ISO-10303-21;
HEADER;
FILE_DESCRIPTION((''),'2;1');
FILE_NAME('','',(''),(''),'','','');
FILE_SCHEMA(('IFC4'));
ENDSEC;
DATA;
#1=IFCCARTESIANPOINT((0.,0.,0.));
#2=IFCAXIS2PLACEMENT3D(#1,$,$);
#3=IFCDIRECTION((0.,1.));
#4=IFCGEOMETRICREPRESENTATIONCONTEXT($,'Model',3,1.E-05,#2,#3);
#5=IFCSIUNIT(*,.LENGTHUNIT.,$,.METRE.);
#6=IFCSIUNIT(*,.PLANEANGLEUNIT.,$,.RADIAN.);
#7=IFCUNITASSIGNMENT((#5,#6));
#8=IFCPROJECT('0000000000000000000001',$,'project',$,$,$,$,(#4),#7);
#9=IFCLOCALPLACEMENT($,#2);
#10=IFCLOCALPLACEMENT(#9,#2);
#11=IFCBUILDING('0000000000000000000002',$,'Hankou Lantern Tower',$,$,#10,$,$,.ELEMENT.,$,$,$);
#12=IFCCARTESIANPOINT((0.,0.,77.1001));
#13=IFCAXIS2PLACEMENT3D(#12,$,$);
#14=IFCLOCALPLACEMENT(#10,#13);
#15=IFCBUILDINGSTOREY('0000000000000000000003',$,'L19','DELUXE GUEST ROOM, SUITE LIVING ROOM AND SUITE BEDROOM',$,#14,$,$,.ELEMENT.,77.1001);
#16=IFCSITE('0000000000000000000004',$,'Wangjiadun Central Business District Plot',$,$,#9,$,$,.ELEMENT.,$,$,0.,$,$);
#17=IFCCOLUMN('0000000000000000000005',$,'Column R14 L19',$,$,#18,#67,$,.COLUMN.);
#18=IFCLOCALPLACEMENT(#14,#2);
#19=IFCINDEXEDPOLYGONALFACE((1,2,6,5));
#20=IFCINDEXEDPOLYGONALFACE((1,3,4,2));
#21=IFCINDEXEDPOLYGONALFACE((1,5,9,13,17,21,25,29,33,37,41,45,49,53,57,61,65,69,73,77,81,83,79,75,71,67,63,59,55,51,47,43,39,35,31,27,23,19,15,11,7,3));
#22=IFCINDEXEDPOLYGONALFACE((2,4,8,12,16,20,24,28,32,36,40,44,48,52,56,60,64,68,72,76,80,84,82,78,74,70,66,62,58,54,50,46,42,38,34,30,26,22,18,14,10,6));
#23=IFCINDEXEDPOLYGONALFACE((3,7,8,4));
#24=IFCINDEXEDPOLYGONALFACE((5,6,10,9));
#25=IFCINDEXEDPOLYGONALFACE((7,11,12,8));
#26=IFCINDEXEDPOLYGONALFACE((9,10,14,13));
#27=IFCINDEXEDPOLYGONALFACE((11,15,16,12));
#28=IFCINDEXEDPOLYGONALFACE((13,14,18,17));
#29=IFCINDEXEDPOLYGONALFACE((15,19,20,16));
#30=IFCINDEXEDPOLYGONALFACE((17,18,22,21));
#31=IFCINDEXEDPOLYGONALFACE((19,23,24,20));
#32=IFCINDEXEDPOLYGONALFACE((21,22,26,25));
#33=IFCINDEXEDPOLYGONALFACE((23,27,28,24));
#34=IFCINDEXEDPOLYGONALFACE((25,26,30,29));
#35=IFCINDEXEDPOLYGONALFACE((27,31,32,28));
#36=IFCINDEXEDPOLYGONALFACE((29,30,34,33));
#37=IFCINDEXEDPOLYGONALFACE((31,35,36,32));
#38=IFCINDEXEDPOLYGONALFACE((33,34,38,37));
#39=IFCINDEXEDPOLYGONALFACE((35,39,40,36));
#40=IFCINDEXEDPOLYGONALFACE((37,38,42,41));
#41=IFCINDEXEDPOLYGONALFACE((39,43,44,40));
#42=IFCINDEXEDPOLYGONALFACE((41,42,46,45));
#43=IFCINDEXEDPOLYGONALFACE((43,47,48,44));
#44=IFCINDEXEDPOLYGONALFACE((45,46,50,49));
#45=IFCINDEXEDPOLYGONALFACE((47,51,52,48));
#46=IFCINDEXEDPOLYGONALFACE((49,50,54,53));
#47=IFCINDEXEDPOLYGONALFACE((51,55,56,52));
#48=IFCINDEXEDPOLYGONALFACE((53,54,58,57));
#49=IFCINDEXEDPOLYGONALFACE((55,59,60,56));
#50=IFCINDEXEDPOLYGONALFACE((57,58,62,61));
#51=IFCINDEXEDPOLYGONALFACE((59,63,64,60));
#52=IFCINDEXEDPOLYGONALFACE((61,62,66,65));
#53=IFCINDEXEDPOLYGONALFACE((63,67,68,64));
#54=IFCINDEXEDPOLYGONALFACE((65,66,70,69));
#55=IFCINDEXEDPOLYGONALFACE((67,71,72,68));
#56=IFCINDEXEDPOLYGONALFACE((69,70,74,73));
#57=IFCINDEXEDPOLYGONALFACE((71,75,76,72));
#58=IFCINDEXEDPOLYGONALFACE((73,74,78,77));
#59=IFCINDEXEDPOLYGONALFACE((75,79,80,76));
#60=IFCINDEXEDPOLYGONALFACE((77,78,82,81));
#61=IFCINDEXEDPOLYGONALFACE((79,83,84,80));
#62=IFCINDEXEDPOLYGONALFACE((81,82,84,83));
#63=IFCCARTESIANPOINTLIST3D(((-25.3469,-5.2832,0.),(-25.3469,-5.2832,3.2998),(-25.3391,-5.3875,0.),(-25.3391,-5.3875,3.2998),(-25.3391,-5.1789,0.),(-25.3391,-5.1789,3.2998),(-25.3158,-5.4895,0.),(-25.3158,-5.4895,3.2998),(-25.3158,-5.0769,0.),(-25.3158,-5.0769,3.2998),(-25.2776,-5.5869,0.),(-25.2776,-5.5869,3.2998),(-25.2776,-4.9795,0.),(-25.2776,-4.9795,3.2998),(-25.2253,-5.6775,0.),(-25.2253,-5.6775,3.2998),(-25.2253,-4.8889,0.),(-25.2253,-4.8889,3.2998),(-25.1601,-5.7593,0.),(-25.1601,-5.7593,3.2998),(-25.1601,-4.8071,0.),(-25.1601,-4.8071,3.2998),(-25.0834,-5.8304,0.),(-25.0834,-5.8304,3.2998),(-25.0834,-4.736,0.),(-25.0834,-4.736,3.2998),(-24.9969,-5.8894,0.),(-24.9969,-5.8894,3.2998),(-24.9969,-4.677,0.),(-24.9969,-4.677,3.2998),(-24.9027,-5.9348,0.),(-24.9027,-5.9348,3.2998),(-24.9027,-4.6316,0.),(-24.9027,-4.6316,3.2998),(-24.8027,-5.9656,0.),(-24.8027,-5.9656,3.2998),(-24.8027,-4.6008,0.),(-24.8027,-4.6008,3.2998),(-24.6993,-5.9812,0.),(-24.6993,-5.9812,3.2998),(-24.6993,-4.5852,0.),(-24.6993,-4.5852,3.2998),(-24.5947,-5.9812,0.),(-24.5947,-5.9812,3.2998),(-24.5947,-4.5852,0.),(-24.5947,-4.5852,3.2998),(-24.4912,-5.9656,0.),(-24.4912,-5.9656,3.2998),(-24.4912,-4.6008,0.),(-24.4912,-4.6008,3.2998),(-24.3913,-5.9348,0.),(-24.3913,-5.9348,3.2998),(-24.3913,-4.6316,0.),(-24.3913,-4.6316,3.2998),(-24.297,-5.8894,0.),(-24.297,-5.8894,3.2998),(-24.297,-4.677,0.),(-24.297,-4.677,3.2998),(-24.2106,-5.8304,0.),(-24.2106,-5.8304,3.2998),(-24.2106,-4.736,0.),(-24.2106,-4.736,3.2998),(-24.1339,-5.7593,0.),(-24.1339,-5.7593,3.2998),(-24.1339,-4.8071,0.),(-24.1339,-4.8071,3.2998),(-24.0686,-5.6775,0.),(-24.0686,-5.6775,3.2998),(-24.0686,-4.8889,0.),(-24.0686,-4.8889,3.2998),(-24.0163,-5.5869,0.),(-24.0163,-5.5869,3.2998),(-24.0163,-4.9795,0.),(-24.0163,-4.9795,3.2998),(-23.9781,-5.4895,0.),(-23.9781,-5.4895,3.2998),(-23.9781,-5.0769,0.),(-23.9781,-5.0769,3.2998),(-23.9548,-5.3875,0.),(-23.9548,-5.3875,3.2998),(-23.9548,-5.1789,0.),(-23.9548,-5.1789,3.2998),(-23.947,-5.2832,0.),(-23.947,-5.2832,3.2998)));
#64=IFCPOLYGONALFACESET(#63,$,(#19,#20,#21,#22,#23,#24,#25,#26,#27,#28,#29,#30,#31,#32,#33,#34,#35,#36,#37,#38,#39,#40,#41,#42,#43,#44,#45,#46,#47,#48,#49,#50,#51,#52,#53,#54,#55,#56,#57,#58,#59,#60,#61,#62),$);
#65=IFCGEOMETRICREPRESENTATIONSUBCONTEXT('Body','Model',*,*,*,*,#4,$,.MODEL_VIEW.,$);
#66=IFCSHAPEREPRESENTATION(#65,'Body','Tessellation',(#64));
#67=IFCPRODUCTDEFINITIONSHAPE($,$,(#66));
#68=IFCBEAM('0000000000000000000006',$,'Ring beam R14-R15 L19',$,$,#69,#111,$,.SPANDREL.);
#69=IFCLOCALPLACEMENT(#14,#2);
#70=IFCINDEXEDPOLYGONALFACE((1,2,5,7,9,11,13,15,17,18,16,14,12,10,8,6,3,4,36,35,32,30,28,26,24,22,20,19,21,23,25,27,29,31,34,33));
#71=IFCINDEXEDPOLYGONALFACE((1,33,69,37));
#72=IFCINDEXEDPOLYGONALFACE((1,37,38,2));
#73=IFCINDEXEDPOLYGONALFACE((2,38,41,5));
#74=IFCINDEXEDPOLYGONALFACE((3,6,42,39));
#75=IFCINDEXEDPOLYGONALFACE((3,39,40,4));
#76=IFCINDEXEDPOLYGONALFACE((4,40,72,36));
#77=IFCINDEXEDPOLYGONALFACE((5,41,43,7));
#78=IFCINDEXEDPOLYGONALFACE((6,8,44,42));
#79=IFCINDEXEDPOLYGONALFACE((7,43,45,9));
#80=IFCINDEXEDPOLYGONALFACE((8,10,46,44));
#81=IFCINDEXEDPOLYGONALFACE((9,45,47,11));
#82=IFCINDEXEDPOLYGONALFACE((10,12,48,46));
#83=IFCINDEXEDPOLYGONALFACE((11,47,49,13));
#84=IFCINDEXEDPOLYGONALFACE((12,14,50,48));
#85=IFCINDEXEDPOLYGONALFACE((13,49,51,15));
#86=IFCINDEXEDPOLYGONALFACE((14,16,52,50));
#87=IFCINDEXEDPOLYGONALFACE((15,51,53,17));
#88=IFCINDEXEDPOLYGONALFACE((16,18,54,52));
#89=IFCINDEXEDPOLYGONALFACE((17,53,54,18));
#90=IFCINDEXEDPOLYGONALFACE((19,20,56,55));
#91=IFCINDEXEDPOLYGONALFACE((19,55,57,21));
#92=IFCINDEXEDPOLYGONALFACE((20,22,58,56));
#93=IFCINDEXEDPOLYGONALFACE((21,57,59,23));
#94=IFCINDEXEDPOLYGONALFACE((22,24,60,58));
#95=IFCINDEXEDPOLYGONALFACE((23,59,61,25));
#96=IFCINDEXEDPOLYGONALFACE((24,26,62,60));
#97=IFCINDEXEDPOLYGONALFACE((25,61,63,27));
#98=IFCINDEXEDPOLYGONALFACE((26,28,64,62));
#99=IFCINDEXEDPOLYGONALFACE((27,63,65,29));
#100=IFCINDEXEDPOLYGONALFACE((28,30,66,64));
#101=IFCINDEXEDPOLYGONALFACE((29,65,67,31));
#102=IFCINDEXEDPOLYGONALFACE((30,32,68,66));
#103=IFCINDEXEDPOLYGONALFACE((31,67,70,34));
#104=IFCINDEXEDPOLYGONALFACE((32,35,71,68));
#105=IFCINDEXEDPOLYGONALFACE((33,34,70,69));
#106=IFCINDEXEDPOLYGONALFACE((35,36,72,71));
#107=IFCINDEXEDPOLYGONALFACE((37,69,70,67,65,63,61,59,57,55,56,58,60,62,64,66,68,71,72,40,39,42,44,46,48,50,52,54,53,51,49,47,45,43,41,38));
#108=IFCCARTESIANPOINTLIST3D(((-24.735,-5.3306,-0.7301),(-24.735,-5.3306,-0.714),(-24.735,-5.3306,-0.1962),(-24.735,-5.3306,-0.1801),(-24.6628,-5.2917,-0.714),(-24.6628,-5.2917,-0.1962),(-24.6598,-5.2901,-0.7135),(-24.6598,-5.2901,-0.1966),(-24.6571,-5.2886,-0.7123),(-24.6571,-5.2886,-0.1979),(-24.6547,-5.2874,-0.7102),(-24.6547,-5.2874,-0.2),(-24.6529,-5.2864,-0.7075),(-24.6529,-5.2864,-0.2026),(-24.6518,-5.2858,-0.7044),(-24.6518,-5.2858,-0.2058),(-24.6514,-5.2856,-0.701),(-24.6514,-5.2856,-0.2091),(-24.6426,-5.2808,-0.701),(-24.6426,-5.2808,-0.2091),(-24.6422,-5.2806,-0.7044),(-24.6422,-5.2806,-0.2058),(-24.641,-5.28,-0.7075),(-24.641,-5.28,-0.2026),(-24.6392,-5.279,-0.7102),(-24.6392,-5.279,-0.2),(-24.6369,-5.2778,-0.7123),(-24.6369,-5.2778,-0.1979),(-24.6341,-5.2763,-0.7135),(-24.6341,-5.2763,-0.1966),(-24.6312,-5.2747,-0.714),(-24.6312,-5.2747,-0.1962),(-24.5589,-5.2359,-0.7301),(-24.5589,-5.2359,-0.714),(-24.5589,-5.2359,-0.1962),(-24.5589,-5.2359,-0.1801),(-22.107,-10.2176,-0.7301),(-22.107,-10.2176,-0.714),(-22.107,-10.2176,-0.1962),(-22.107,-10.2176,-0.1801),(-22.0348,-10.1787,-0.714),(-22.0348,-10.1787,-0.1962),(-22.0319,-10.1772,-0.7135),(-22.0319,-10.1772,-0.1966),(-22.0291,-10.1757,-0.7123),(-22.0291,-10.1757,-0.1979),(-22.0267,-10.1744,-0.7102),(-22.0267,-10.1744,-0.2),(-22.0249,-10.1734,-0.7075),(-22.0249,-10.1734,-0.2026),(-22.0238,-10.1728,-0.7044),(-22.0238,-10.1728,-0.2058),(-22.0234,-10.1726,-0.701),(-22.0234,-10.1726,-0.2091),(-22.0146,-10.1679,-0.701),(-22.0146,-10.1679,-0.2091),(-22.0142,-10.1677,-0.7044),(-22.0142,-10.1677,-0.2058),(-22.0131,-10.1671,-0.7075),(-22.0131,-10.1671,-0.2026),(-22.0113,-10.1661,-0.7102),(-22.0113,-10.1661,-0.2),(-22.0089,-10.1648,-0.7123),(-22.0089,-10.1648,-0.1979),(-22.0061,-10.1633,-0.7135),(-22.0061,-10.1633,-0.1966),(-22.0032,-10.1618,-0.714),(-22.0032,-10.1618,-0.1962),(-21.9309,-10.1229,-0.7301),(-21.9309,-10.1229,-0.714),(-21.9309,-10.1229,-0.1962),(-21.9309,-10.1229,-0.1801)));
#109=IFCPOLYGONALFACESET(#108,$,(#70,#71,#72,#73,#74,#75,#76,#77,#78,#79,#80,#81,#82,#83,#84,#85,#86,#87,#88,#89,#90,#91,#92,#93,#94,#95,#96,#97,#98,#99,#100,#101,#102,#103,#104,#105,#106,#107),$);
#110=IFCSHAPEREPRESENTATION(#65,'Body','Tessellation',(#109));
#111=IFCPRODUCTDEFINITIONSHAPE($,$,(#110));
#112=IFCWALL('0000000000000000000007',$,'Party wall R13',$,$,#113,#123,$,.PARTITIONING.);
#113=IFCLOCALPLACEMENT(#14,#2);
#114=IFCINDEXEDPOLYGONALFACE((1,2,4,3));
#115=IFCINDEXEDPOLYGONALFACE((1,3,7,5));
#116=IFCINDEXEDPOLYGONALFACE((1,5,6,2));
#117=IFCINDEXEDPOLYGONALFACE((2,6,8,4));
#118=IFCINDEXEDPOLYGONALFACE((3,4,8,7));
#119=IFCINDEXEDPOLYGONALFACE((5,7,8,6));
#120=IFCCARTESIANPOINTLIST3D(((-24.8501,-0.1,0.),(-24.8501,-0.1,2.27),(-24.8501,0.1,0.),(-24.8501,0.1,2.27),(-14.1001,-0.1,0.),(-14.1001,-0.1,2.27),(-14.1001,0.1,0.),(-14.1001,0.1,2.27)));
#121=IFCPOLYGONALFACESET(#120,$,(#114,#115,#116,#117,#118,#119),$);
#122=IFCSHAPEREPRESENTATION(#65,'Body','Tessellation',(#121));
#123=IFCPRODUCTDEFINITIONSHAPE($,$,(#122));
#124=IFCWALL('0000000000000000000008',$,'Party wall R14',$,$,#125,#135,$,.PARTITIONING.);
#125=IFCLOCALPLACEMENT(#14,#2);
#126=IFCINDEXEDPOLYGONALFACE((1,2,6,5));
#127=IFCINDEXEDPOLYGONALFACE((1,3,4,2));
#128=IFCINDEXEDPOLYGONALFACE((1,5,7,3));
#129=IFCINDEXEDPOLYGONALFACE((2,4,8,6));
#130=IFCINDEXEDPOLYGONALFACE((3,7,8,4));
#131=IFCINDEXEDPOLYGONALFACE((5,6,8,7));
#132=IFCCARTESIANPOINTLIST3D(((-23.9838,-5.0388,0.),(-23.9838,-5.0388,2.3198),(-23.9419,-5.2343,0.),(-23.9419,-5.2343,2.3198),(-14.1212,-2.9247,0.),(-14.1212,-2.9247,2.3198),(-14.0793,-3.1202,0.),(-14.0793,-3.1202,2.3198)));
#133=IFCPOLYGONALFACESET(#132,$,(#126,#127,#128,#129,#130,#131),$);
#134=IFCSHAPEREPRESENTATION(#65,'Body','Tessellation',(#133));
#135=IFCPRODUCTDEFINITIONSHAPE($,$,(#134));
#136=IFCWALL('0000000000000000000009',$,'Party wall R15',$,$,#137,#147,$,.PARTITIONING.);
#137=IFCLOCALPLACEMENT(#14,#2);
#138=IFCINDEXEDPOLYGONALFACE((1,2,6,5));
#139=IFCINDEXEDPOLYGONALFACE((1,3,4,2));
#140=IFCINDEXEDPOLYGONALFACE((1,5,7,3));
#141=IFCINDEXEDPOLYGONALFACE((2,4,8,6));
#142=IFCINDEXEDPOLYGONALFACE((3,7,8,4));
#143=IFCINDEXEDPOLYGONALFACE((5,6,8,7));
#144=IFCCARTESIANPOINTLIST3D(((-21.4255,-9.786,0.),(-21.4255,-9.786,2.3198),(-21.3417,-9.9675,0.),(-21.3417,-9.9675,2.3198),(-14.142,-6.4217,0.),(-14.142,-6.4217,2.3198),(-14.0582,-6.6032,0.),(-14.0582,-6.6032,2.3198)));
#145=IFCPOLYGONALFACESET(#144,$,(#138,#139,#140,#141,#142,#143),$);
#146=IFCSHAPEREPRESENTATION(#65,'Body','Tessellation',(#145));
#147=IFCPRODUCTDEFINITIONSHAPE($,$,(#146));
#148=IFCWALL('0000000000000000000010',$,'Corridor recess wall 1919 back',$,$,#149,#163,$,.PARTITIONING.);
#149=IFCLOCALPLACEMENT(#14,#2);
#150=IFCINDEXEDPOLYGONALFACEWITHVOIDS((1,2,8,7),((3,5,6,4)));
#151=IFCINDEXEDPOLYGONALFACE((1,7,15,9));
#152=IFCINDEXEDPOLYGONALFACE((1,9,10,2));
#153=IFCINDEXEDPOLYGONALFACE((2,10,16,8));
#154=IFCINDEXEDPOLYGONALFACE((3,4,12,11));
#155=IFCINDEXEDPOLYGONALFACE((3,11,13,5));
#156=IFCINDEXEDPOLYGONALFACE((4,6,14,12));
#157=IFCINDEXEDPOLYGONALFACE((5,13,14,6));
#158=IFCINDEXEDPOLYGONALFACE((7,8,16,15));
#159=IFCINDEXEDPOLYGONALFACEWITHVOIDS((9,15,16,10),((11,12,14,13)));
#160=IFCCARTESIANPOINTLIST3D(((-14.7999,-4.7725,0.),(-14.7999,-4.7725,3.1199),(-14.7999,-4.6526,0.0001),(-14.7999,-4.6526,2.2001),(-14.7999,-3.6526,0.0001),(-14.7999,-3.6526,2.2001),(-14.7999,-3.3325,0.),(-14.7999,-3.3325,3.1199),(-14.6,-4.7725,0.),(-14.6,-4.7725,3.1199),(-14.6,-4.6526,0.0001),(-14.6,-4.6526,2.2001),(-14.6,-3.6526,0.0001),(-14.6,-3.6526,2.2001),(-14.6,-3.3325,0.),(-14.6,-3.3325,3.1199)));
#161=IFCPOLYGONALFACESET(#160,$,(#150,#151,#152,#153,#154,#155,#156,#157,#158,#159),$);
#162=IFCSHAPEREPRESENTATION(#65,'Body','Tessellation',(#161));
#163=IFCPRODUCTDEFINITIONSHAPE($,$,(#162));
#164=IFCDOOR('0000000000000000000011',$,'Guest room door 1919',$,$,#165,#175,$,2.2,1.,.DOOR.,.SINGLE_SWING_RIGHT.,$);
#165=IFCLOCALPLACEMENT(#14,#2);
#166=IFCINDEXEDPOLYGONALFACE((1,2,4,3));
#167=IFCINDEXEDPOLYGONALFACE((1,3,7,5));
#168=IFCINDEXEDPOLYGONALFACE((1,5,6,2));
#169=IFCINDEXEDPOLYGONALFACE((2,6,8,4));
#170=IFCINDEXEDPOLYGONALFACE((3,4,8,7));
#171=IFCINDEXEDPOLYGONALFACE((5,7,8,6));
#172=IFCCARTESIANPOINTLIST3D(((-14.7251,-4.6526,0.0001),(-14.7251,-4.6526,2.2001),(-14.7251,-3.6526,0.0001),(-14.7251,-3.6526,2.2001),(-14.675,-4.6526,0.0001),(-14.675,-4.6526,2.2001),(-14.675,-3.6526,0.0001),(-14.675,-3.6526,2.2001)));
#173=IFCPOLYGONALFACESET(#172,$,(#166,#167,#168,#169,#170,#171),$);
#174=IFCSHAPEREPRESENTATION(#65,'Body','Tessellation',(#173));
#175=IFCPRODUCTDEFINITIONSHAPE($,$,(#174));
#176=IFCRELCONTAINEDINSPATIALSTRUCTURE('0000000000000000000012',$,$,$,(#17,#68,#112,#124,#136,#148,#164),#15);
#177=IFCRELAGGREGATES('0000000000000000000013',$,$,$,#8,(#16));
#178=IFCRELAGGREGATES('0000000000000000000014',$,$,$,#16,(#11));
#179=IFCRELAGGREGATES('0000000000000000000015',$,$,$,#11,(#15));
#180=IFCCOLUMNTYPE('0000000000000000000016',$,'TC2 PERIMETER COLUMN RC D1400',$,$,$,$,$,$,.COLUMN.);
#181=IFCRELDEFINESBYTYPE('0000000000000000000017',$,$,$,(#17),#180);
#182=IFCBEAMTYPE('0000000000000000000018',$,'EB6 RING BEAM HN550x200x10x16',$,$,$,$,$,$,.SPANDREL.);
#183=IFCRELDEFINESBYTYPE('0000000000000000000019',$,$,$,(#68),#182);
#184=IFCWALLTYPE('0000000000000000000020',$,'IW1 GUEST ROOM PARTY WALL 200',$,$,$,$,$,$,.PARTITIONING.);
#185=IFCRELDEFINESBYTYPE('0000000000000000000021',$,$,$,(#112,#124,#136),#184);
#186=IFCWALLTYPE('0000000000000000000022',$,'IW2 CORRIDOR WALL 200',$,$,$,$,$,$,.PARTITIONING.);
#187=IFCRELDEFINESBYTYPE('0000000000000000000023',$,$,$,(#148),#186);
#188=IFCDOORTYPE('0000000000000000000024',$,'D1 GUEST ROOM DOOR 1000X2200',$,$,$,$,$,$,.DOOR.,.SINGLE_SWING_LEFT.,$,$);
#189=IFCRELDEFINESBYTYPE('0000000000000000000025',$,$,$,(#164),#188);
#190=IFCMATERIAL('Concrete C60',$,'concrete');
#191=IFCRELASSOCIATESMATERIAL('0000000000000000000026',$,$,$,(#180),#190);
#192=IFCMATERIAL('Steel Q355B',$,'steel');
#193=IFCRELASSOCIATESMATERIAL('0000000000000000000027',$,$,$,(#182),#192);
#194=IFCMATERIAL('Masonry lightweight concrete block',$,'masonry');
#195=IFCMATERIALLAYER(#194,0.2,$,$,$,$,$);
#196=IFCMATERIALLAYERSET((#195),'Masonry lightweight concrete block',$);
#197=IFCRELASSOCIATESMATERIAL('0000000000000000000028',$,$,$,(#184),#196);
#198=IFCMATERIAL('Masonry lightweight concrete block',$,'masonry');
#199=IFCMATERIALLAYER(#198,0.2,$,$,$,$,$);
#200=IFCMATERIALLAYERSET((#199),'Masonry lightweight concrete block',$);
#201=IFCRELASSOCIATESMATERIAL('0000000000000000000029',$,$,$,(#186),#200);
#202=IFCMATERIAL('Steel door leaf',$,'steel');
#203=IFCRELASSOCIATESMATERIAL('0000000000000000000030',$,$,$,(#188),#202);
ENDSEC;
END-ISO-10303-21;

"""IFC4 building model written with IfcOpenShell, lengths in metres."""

from ifc_helpers import new_model, si_unit, direction, frame, frame_2d, origin, origin_2d, place, context, subcontext, project, spatial, rectangle, circle, i_section, extrude, material, layer, layer_set, material_profile, profile_set, type_object, element, fill, save


model = new_model("IFC4")

# Units and contexts
model_context = context("Model", 3, precision=1e-05, world=origin(), true_north=direction((0.0, 1.0)))
body_context = subcontext(model_context, "Body", "Model", "MODEL_VIEW")
ifc_project = project(units=[si_unit("LENGTHUNIT", "METRE"), si_unit("PLANEANGLEUNIT", "RADIAN")], contexts=[model_context])

# Site, building, storey
site_placement = place(None, origin())
site = spatial("IfcSite", under=ifc_project, at=site_placement, Name="Wangjiadun Central Business District Plot", CompositionType="ELEMENT", RefElevation=0.0)
building_placement = place(site_placement, origin())
building = spatial("IfcBuilding", under=site, at=building_placement, Name="Hankou Lantern Tower", CompositionType="ELEMENT")
storey_placement = place(building_placement, frame((0.0, 0.0, 77.1001)))
storey = spatial("IfcBuildingStorey", under=building, at=storey_placement, Name="L19", Description="DELUXE GUEST ROOM, SUITE LIVING ROOM AND SUITE BEDROOM", CompositionType="ELEMENT", Elevation=77.1001)

# Column
ifc_material_1 = material(Name="Concrete C60", Category="concrete")
ifc_material_profile_1 = material_profile(ifc_material_1, circle(Radius=0.7, at=origin_2d()), Name="RC D1400")
ifc_profile_set_1 = profile_set([ifc_material_profile_1], Name="Concrete C60")
column_type = type_object("IfcColumnType", Name="TC2 PERIMETER COLUMN RC D1400", PredefinedType="COLUMN", material=ifc_profile_set_1)
column_placement = place(storey_placement, frame((-24.647, -5.2832, 0.0), z_axis=(0.0, 0.0, 1.0), x_axis=(1.0, 0.0, 0.0)))
element("IfcColumn", 1, at=column_placement, inside=storey, type_object=column_type, Name="Column R14 L19", PredefinedType="COLUMN", context=body_context, shape_type="SweptSolid", body=[
    extrude(circle(Radius=0.7, at=origin_2d()), origin(), (0.0, 0.0, 1.0), 3.2998),
])

# Beam
ifc_material_2 = material(Name="Steel Q355B", Category="steel")
ifc_material_profile_2 = material_profile(ifc_material_2, i_section(OverallWidth=0.2, OverallDepth=0.55, WebThickness=0.01, FlangeThickness=0.0161, FilletRadius=0.0129, at=origin_2d()), Name="HN550x200x10x16")
ifc_profile_set_2 = profile_set([ifc_material_profile_2], Name="Steel Q355B")
beam_type = type_object("IfcBeamType", Name="EB6 RING BEAM HN550x200x10x16", PredefinedType="SPANDREL", material=ifc_profile_set_2)
beam_placement = place(storey_placement, frame((-24.647, -5.2832, -0.4551), z_axis=(0.473609, -0.880735, 0.0), x_axis=(0.880735, 0.473609, 0.0)))
element("IfcBeam", 2, at=beam_placement, inside=storey, type_object=beam_type, Name="Ring beam R14-R15 L19", PredefinedType="SPANDREL", context=body_context, shape_type="SweptSolid", body=[
    extrude(i_section(OverallWidth=0.2, OverallDepth=0.55, WebThickness=0.01, FlangeThickness=0.0161, FilletRadius=0.0129, at=origin_2d()), origin(), (0.0, 0.0, 1.0), 5.5488),
])

# Walls
ifc_material_3 = material(Name="Masonry lightweight concrete block", Category="masonry")
ifc_layer_1 = layer(ifc_material_3, 0.2)
ifc_layer_set_1 = layer_set([ifc_layer_1], Name="Masonry lightweight concrete block")
wall_type_1 = type_object("IfcWallType", Name="IW1 GUEST ROOM PARTY WALL 200", PredefinedType="PARTITIONING", material=ifc_layer_set_1)
wall_1_placement = place(storey_placement, frame((-14.1001, 0.0, 0.0), z_axis=(0.0, 0.0, 1.0), x_axis=(-1.0, 0.0, 0.0)))
element("IfcWall", 3, at=wall_1_placement, inside=storey, type_object=wall_type_1, Name="Party wall R13", PredefinedType="PARTITIONING", context=body_context, shape_type="SweptSolid", body=[
    extrude(rectangle(XDim=10.75, YDim=0.2, at=frame_2d((5.375, 0.0))), origin(), (0.0, 0.0, 1.0), 2.27),
])
wall_2_placement = place(storey_placement, frame((-14.1001, -3.0225, 0.0), z_axis=(0.0, 0.0, 1.0), x_axis=(-0.97779, -0.209587, 0.0)))
element("IfcWall", 4, at=wall_2_placement, inside=storey, type_object=wall_type_1, Name="Party wall R14", PredefinedType="PARTITIONING", context=body_context, shape_type="SweptSolid", body=[
    extrude(rectangle(XDim=10.0867, YDim=0.2, at=frame_2d((5.0435, 0.0))), origin(), (0.0, 0.0, 1.0), 2.3198),
])
wall_3_placement = place(storey_placement, frame((-14.1001, -6.5125, 0.0), z_axis=(0.0, 0.0, 1.0), x_axis=(-0.907833, -0.419332, 0.0)))
element("IfcWall", 5, at=wall_3_placement, inside=storey, type_object=wall_type_1, Name="Party wall R15", PredefinedType="PARTITIONING", context=body_context, shape_type="SweptSolid", body=[
    extrude(rectangle(XDim=8.0229, YDim=0.2, at=frame_2d((4.0115, 0.0))), origin(), (0.0, 0.0, 1.0), 2.3198),
])

# Wall, opening, door
ifc_material_4 = material(Name="Masonry lightweight concrete block", Category="masonry")
ifc_layer_2 = layer(ifc_material_4, 0.2)
ifc_layer_set_2 = layer_set([ifc_layer_2], Name="Masonry lightweight concrete block")
wall_type_2 = type_object("IfcWallType", Name="IW2 CORRIDOR WALL 200", PredefinedType="PARTITIONING", material=ifc_layer_set_2)
wall_4_placement = place(storey_placement, frame((-14.7, -3.3325, 0.0), z_axis=(0.0, 0.0, 1.0), x_axis=(0.0, -1.0, 0.0)))
wall_4 = element("IfcWall", 6, at=wall_4_placement, inside=storey, type_object=wall_type_2, Name="Corridor recess wall 1919 back", PredefinedType="PARTITIONING", context=body_context, shape_type="SweptSolid", body=[
    extrude(rectangle(XDim=1.4399, YDim=0.2, at=frame_2d((0.72, 0.0))), origin(), (0.0, 0.0, 1.0), 3.1199),
])
opening_1_placement = place(wall_4_placement, frame((0.3201, 0.0, 0.0)))
opening_1 = element("IfcOpeningElement", 7, at=opening_1_placement, cuts=wall_4, PredefinedType="OPENING", context=body_context, shape_type="SweptSolid", body=[
    extrude(rectangle(XDim=1.0, YDim=2.2, at=frame_2d((0.5, 1.1001))), frame((0.0, 0.1099, 0.0), z_axis=(0.0, -1.0, 0.0), x_axis=(1.0, 0.0, 0.0)), (0.0, 0.0, 1.0), 0.22),
])
ifc_material_5 = material(Name="Steel door leaf", Category="steel")
door_type_1 = type_object("IfcDoorType", Name="D1 GUEST ROOM DOOR 1000X2200", OperationType="SINGLE_SWING_LEFT", PredefinedType="DOOR", material=ifc_material_5)
door_1_placement = place(opening_1_placement, origin())
door_1 = element("IfcDoor", 8, at=door_1_placement, inside=storey, type_object=door_type_1, Name="Guest room door 1919", OperationType="SINGLE_SWING_RIGHT", OverallHeight=2.2, OverallWidth=1.0, PredefinedType="DOOR", context=body_context, shape_type="SweptSolid", body=[
    extrude(rectangle(XDim=1.0, YDim=2.2, at=frame_2d((0.5, 1.1001))), frame((0.0, 0.0249, 0.0), z_axis=(0.0, -1.0, 0.0), x_axis=(1.0, 0.0, 0.0)), (0.0, 0.0, 1.0), 0.05),
])
fill(opening_1, door_1)

save(model, "model.ifc")
